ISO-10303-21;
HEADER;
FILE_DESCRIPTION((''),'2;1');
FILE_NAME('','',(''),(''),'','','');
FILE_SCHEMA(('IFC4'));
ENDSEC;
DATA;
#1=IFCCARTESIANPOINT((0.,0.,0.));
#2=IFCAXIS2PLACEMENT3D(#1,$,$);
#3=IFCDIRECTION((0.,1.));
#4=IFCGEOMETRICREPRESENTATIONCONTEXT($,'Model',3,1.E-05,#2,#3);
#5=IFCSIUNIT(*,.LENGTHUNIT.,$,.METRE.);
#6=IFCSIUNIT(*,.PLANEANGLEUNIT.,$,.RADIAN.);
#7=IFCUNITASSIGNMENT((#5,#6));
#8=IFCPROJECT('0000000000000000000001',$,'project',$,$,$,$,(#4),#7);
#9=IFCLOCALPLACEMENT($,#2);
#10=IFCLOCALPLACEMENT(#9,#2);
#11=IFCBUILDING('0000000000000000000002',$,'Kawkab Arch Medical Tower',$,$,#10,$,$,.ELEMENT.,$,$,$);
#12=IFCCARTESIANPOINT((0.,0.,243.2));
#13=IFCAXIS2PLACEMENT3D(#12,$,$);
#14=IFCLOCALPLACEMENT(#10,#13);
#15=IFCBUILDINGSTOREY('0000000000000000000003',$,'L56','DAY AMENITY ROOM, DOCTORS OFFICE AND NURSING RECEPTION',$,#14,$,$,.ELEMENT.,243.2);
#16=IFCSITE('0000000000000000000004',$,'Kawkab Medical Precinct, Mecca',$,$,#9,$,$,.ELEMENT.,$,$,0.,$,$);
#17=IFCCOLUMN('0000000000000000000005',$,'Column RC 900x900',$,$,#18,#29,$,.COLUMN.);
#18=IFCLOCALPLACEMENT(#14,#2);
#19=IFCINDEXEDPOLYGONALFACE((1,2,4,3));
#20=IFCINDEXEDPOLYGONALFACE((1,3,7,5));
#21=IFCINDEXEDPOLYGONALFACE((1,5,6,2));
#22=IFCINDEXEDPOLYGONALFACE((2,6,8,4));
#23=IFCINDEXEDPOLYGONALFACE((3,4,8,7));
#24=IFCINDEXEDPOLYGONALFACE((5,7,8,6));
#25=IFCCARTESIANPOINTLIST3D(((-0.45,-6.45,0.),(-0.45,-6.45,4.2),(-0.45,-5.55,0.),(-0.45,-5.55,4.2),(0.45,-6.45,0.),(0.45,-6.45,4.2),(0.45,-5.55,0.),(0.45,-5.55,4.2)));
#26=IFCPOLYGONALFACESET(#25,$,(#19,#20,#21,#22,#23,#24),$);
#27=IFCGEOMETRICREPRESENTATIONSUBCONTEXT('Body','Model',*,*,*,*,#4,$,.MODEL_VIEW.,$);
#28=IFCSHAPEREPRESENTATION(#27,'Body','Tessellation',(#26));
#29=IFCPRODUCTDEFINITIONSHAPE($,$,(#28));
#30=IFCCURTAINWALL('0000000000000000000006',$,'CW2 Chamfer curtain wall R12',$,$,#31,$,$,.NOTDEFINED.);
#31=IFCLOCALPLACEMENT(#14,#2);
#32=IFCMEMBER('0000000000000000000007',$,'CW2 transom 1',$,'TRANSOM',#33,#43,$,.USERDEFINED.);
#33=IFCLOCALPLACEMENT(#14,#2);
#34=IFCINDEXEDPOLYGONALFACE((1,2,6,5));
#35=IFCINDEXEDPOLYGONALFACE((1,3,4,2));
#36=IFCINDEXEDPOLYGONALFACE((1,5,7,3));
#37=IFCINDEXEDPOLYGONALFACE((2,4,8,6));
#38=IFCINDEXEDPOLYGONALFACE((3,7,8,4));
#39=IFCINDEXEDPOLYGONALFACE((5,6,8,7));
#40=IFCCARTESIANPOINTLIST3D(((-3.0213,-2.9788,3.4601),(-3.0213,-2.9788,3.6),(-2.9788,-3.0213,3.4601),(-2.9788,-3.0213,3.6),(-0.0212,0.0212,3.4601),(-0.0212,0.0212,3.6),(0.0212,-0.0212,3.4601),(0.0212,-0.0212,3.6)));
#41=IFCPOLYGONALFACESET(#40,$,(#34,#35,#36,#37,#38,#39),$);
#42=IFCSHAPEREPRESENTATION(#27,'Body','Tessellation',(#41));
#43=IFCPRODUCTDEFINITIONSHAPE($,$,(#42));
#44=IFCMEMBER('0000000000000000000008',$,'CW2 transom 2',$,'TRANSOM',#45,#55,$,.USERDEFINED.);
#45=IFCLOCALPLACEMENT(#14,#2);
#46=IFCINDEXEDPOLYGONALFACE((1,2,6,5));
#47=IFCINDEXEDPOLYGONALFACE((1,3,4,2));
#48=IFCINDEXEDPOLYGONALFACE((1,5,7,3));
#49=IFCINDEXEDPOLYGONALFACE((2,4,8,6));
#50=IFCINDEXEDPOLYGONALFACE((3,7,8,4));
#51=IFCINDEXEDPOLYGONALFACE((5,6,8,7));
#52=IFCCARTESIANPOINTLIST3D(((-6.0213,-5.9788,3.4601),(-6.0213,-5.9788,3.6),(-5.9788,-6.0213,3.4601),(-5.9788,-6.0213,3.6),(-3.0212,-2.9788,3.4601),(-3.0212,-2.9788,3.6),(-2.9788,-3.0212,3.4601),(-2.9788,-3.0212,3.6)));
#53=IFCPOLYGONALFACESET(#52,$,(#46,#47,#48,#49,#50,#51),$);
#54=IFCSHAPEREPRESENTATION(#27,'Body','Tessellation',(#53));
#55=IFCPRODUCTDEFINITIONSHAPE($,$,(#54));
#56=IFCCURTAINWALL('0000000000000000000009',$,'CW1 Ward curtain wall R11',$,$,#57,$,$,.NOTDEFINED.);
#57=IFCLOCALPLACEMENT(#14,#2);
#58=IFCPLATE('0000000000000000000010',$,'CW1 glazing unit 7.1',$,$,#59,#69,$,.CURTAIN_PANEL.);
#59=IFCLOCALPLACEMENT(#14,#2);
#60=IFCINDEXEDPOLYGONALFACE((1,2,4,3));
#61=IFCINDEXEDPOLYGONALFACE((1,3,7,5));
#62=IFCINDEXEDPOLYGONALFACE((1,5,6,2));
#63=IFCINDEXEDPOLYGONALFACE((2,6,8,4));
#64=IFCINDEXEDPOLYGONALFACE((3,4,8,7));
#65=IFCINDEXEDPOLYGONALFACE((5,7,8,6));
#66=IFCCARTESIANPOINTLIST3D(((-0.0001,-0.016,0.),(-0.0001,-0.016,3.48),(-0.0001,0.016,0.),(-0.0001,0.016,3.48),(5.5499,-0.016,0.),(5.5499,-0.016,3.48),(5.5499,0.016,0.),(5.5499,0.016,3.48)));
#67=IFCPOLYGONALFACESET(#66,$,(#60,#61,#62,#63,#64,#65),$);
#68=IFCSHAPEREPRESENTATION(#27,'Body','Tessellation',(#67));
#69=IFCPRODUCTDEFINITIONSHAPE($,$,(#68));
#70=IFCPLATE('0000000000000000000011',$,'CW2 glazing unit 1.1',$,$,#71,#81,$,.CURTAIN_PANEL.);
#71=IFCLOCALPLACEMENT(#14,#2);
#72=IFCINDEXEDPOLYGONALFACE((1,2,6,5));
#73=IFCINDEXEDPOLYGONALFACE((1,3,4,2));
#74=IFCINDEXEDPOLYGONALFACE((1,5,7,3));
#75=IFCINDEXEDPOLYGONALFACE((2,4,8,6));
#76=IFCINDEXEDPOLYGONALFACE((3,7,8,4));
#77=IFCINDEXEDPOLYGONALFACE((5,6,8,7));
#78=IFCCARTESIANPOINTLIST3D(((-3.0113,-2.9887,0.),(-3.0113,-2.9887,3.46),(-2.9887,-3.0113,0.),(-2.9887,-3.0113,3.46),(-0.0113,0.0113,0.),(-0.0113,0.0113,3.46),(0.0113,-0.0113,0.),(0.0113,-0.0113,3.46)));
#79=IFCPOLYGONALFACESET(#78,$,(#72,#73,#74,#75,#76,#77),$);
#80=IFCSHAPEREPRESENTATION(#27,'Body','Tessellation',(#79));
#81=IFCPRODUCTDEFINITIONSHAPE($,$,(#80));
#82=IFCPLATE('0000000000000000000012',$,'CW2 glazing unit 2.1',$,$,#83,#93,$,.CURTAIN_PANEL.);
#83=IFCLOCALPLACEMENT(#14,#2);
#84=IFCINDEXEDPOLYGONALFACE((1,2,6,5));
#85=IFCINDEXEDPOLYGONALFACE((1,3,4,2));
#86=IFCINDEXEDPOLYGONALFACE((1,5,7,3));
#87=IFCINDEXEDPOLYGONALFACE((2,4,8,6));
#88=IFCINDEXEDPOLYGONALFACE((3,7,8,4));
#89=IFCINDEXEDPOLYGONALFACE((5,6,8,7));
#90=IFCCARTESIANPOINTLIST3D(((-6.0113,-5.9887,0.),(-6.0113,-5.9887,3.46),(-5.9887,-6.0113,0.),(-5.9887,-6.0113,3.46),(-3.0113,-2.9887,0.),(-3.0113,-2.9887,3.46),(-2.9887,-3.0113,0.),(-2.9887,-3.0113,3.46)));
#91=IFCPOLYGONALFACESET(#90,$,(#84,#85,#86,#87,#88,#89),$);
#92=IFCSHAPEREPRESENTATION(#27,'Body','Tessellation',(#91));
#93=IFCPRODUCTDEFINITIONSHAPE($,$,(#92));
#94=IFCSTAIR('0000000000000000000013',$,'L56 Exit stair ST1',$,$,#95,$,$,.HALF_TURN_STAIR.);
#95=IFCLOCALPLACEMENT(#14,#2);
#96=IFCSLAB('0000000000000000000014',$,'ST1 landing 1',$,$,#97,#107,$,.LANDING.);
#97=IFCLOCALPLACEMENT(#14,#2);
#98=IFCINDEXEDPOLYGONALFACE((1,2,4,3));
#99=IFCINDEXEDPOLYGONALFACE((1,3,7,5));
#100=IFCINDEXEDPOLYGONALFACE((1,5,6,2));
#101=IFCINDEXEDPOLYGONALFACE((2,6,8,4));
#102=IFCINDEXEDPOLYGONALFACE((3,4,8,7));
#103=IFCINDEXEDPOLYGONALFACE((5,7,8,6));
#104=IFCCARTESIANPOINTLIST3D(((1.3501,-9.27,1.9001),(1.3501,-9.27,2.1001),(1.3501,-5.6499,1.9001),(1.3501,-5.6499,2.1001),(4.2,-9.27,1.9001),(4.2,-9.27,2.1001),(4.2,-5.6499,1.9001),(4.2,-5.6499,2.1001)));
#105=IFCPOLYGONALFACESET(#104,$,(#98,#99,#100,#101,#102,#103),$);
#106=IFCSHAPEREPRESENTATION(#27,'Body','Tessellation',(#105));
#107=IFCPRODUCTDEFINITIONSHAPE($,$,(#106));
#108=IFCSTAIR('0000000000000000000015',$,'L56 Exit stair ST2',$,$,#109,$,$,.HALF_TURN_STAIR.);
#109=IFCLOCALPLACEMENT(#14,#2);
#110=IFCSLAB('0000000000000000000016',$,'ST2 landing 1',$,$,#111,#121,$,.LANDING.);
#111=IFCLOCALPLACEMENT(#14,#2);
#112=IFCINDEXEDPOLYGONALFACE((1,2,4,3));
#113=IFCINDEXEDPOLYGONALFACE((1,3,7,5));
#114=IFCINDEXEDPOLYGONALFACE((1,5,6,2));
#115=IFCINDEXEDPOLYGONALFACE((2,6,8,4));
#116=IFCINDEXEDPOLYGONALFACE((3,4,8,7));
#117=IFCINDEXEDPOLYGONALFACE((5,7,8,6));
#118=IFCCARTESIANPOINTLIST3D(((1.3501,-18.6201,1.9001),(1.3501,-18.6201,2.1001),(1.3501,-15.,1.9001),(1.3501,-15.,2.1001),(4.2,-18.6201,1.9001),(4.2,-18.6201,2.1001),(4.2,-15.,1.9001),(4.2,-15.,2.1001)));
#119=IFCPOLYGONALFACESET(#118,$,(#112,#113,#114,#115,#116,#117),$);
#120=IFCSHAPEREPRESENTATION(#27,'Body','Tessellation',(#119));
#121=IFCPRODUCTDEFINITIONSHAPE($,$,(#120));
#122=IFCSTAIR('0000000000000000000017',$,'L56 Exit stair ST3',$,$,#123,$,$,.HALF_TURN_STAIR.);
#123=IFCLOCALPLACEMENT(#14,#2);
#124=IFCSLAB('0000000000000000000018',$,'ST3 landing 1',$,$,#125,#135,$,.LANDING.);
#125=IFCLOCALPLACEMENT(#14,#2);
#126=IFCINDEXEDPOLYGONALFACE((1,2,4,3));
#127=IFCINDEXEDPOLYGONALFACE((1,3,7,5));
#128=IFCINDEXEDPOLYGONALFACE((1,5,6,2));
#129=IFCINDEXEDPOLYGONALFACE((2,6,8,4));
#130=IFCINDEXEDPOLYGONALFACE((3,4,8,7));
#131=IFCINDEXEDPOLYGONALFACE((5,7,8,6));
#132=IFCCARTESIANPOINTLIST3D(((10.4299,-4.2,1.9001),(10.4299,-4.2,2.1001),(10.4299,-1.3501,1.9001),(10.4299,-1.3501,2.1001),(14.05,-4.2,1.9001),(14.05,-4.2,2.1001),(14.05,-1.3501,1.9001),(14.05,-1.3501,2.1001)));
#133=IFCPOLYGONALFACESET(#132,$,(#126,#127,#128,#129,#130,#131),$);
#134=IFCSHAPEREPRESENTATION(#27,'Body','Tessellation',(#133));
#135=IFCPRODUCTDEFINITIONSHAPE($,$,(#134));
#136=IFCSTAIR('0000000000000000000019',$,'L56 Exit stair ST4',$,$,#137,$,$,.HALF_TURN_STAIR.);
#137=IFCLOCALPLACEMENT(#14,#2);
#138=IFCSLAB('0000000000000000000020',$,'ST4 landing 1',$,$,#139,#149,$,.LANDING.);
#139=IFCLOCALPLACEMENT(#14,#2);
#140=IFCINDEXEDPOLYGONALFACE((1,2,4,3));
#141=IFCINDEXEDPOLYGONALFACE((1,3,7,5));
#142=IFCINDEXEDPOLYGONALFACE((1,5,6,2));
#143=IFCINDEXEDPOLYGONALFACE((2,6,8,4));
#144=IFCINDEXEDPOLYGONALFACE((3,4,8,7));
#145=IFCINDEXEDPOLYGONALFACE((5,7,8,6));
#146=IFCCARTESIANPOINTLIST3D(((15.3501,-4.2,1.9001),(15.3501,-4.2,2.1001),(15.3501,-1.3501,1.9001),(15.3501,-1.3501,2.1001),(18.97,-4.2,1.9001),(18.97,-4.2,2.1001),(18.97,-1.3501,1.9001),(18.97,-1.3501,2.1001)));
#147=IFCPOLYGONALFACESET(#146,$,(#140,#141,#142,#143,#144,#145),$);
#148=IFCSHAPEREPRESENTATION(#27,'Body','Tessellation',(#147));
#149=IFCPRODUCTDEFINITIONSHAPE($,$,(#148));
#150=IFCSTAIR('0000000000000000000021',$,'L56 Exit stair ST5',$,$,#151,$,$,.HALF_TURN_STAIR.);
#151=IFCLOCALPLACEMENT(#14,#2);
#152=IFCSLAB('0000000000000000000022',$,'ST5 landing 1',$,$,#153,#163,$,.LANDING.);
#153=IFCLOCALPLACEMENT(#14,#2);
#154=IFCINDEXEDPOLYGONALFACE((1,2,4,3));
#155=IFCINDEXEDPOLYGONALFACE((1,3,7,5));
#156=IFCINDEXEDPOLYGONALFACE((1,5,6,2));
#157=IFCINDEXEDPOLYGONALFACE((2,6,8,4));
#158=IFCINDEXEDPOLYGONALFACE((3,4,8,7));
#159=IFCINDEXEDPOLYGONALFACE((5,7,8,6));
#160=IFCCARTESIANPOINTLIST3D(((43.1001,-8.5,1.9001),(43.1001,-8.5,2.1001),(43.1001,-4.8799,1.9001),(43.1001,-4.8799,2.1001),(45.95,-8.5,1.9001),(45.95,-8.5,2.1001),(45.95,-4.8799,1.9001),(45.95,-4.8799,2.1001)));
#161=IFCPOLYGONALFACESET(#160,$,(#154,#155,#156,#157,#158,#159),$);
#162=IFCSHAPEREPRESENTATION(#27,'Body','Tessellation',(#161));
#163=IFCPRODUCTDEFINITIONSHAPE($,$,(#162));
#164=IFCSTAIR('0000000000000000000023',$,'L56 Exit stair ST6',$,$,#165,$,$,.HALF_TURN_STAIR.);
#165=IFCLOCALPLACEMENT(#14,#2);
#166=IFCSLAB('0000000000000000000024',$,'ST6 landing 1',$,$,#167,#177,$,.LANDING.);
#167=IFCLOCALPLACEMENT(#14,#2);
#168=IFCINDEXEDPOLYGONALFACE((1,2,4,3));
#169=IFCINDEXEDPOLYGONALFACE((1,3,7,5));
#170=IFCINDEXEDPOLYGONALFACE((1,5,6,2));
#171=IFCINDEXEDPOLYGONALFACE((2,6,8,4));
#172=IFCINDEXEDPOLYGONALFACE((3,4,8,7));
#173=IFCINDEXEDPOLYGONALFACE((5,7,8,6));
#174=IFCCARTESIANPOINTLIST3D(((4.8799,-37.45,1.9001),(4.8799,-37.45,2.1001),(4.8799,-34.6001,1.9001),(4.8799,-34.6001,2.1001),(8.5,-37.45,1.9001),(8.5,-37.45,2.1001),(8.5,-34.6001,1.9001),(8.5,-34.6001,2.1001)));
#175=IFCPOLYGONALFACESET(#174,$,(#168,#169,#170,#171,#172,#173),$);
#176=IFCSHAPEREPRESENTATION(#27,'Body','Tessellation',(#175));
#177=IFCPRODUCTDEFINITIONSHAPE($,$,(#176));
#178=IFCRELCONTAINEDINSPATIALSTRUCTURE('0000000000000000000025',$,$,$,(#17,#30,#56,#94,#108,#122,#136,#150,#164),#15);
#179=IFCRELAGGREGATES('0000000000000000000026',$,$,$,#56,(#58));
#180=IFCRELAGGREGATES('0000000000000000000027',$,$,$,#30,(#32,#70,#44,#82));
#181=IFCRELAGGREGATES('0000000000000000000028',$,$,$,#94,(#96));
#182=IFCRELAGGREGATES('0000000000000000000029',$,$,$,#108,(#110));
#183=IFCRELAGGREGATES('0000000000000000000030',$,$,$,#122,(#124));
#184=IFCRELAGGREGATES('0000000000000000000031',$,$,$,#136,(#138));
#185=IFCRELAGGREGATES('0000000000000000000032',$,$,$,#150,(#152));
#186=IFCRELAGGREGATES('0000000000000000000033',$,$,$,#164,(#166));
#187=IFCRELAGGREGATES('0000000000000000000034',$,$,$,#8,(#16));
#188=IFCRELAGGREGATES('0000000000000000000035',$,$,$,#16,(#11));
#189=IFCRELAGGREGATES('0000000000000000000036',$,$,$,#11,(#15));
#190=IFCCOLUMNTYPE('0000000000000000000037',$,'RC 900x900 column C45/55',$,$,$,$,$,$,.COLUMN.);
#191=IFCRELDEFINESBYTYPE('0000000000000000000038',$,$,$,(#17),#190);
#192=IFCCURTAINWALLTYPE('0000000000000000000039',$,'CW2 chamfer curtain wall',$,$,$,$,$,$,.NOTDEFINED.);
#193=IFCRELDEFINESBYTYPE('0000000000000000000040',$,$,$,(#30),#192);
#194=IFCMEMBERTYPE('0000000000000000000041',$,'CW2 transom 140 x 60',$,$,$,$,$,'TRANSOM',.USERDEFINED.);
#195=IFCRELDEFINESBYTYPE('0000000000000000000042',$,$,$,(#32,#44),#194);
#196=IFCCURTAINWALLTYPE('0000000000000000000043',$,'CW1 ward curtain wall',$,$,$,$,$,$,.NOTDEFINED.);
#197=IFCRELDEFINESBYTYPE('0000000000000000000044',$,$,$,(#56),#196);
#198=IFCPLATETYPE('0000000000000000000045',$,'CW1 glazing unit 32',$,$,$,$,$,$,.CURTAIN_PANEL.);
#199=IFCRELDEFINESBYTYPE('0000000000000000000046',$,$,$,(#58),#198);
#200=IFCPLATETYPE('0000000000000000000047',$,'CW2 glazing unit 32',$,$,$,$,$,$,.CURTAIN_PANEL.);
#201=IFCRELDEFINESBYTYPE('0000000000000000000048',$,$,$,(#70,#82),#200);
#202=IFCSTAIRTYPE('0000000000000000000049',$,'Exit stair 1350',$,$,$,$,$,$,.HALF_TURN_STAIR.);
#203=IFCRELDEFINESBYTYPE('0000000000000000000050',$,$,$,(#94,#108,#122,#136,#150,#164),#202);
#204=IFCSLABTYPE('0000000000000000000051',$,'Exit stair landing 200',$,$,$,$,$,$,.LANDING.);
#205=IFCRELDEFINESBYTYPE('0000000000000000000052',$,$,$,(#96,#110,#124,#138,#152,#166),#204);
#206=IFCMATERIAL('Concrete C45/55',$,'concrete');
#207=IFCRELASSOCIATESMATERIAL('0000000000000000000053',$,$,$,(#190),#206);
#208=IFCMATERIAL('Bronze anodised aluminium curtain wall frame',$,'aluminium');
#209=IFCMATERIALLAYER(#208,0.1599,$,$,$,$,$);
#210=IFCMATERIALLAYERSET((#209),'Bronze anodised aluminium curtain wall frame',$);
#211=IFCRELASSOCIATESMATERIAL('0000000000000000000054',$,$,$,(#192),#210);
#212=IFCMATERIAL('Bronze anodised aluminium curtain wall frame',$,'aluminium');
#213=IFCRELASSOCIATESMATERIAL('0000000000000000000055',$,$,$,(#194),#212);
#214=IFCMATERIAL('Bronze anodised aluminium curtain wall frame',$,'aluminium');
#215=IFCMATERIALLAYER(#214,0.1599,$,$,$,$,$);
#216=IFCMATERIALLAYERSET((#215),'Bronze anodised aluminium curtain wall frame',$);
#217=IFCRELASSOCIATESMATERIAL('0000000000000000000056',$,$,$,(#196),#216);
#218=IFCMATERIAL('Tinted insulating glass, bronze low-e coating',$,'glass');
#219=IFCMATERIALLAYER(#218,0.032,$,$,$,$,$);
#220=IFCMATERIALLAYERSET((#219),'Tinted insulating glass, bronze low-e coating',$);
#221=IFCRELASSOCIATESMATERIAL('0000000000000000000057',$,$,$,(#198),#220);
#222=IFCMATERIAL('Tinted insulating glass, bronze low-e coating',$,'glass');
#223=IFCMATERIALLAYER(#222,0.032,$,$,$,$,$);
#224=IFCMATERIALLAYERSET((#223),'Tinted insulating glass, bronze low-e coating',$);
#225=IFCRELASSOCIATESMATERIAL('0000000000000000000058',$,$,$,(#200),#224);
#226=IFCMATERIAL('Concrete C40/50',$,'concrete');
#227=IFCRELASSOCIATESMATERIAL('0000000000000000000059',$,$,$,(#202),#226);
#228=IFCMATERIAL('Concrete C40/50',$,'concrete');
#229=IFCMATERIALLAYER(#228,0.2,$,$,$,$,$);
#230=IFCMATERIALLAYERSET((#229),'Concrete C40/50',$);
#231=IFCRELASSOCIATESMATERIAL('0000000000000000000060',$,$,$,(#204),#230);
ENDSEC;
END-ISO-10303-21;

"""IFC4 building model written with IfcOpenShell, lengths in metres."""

from ifc_helpers import new_model, si_unit, direction, frame, origin, origin_2d, place, context, subcontext, project, spatial, polyline, rectangle, outline, extrude, material, layer, layer_set, material_profile, profile_set, type_object, element, aggregate, save


model = new_model("IFC4")

# Units and contexts
model_context = context("Model", 3, precision=1e-05, world=origin(), true_north=direction((0.0, 1.0)))
body_context = subcontext(model_context, "Body", "Model", "MODEL_VIEW")
ifc_project = project(units=[si_unit("LENGTHUNIT", "METRE"), si_unit("PLANEANGLEUNIT", "RADIAN")], contexts=[model_context])

# Site, building, storey
site_placement = place(None, origin())
site = spatial("IfcSite", under=ifc_project, at=site_placement, Name="Kawkab Medical Precinct, Mecca", CompositionType="ELEMENT", RefElevation=0.0)
building_placement = place(site_placement, origin())
building = spatial("IfcBuilding", under=site, at=building_placement, Name="Kawkab Arch Medical Tower", CompositionType="ELEMENT")
storey_placement = place(building_placement, frame((0.0, 0.0, 243.2)))
storey = spatial("IfcBuildingStorey", under=building, at=storey_placement, Name="L56", Description="DAY AMENITY ROOM, DOCTORS OFFICE AND NURSING RECEPTION", CompositionType="ELEMENT", Elevation=243.2)

# Column
ifc_material_1 = material(Name="Concrete C45/55", Category="concrete")
ifc_material_profile_1 = material_profile(ifc_material_1, rectangle(XDim=0.8999, YDim=0.8999, at=origin_2d()), Name="RC 900x900")
ifc_profile_set_1 = profile_set([ifc_material_profile_1], Name="Concrete C45/55")
column_type = type_object("IfcColumnType", Name="RC 900x900 column C45/55", PredefinedType="COLUMN", material=ifc_profile_set_1)
column_placement = place(storey_placement, frame((0.0, -6.0, 0.0), z_axis=(0.0, 0.0, 1.0), x_axis=(1.0, 0.0, 0.0)))
element("IfcColumn", 1, at=column_placement, inside=storey, type_object=column_type, Name="Column RC 900x900", PredefinedType="COLUMN", context=body_context, shape_type="SweptSolid", body=[
    extrude(rectangle(XDim=0.8999, YDim=0.8999, at=origin_2d()), origin(), (0.0, 0.0, 1.0), 4.2),
])

# Curtain wall, members
ifc_material_2 = material(Name="Bronze anodised aluminium curtain wall frame", Category="aluminium")
ifc_layer_1 = layer(ifc_material_2, 0.1599)
ifc_layer_set_1 = layer_set([ifc_layer_1], Name="Bronze anodised aluminium curtain wall frame")
curtain_wall_type_1 = type_object("IfcCurtainWallType", Name="CW2 chamfer curtain wall", PredefinedType="NOTDEFINED", material=ifc_layer_set_1)
placement_1 = place(storey_placement, origin())
curtain_wall_1 = element("IfcCurtainWall", 2, at=placement_1, inside=storey, type_object=curtain_wall_type_1, Name="CW2 Chamfer curtain wall R12", PredefinedType="NOTDEFINED")
ifc_material_3 = material(Name="Bronze anodised aluminium curtain wall frame", Category="aluminium")
ifc_material_profile_2 = material_profile(ifc_material_3, rectangle(XDim=0.0601, YDim=0.1399, at=origin_2d()), Name="AL 60x140")
ifc_profile_set_2 = profile_set([ifc_material_profile_2], Name="Bronze anodised aluminium curtain wall frame")
member_type = type_object("IfcMemberType", Name="CW2 transom 140 x 60", ElementType="TRANSOM", PredefinedType="USERDEFINED", material=ifc_profile_set_2)
member_1_placement = place(storey_placement, frame((0.0, 0.0, 3.53), z_axis=(-0.707107, -0.707107, 0.0), x_axis=(0.707107, -0.707107, 0.0)))
member_1 = element("IfcMember", 3, at=member_1_placement, type_object=member_type, Name="CW2 transom 1", ObjectType="TRANSOM", PredefinedType="USERDEFINED", context=body_context, shape_type="SweptSolid", body=[
    extrude(rectangle(XDim=0.0601, YDim=0.1399, at=origin_2d()), origin(), (0.0, 0.0, 1.0), 4.2427),
])
member_2_placement = place(storey_placement, frame((-3.0, -3.0, 3.53), z_axis=(-0.707107, -0.707107, 0.0), x_axis=(0.707107, -0.707107, 0.0)))
member_2 = element("IfcMember", 4, at=member_2_placement, type_object=member_type, Name="CW2 transom 2", ObjectType="TRANSOM", PredefinedType="USERDEFINED", context=body_context, shape_type="SweptSolid", body=[
    extrude(rectangle(XDim=0.0601, YDim=0.1399, at=origin_2d()), origin(), (0.0, 0.0, 1.0), 4.2427),
])

# Curtain wall, plate
ifc_material_4 = material(Name="Bronze anodised aluminium curtain wall frame", Category="aluminium")
ifc_layer_2 = layer(ifc_material_4, 0.1599)
ifc_layer_set_2 = layer_set([ifc_layer_2], Name="Bronze anodised aluminium curtain wall frame")
curtain_wall_type_2 = type_object("IfcCurtainWallType", Name="CW1 ward curtain wall", PredefinedType="NOTDEFINED", material=ifc_layer_set_2)
curtain_wall_2 = element("IfcCurtainWall", 5, at=placement_1, inside=storey, type_object=curtain_wall_type_2, Name="CW1 Ward curtain wall R11", PredefinedType="NOTDEFINED")
ifc_material_5 = material(Name="Tinted insulating glass, bronze low-e coating", Category="glass")
ifc_layer_3 = layer(ifc_material_5, 0.032)
ifc_layer_set_3 = layer_set([ifc_layer_3], Name="Tinted insulating glass, bronze low-e coating")
plate_type_1 = type_object("IfcPlateType", Name="CW1 glazing unit 32", PredefinedType="CURTAIN_PANEL", material=ifc_layer_set_3)
plate_1_placement = place(storey_placement, frame((2.7749, 0.0, 0.0), z_axis=(0.0, 0.0, 1.0), x_axis=(-1.0, 0.0, 0.0)))
plate_1 = element("IfcPlate", 6, at=plate_1_placement, type_object=plate_type_1, Name="CW1 glazing unit 7.1", PredefinedType="CURTAIN_PANEL", context=body_context, shape_type="SweptSolid", body=[
    extrude(rectangle(XDim=5.55, YDim=0.032, at=origin_2d()), origin(), (0.0, 0.0, 1.0), 3.48),
])
aggregate(curtain_wall_2, [plate_1])

# Plates
ifc_material_6 = material(Name="Tinted insulating glass, bronze low-e coating", Category="glass")
ifc_layer_4 = layer(ifc_material_6, 0.032)
ifc_layer_set_4 = layer_set([ifc_layer_4], Name="Tinted insulating glass, bronze low-e coating")
plate_type_2 = type_object("IfcPlateType", Name="CW2 glazing unit 32", PredefinedType="CURTAIN_PANEL", material=ifc_layer_set_4)
plate_2_placement = place(storey_placement, frame((-1.5, -1.5, 0.0), z_axis=(0.0, 0.0, 1.0), x_axis=(-0.707107, -0.707107, 0.0)))
plate_2 = element("IfcPlate", 7, at=plate_2_placement, type_object=plate_type_2, Name="CW2 glazing unit 1.1", PredefinedType="CURTAIN_PANEL", context=body_context, shape_type="SweptSolid", body=[
    extrude(rectangle(XDim=4.2427, YDim=0.032, at=origin_2d()), origin(), (0.0, 0.0, 1.0), 3.46),
])
plate_3_placement = place(storey_placement, frame((-4.5, -4.5, 0.0), z_axis=(0.0, 0.0, 1.0), x_axis=(-0.707107, -0.707107, 0.0)))
plate_3 = element("IfcPlate", 8, at=plate_3_placement, type_object=plate_type_2, Name="CW2 glazing unit 2.1", PredefinedType="CURTAIN_PANEL", context=body_context, shape_type="SweptSolid", body=[
    extrude(rectangle(XDim=4.2427, YDim=0.032, at=origin_2d()), origin(), (0.0, 0.0, 1.0), 3.46),
])
aggregate(curtain_wall_1, [member_1, plate_2, member_2, plate_3])

# Stairs, slabs
ifc_material_7 = material(Name="Concrete C40/50", Category="concrete")
stair_type = type_object("IfcStairType", Name="Exit stair 1350", PredefinedType="HALF_TURN_STAIR", material=ifc_material_7)
stair_1 = element("IfcStair", 9, at=placement_1, inside=storey, type_object=stair_type, Name="L56 Exit stair ST1", PredefinedType="HALF_TURN_STAIR")
ifc_material_8 = material(Name="Concrete C40/50", Category="concrete")
ifc_layer_5 = layer(ifc_material_8, 0.2)
ifc_layer_set_5 = layer_set([ifc_layer_5], Name="Concrete C40/50")
slab_type_1 = type_object("IfcSlabType", Name="Exit stair landing 200", PredefinedType="LANDING", material=ifc_layer_set_5)
placement_2 = place(storey_placement, frame((0.0, 0.0, 1.9001)))
slab_1 = element("IfcSlab", 10, at=placement_2, type_object=slab_type_1, Name="ST1 landing 1", PredefinedType="LANDING", context=body_context, shape_type="SweptSolid", body=[
    extrude(outline(polyline([(4.2, -9.27), (4.2, -5.6499), (1.3501, -5.6499), (1.3501, -9.27), (4.2, -9.27)])), origin(), (0.0, 0.0, 1.0), 0.2),
])
aggregate(stair_1, [slab_1])
stair_2 = element("IfcStair", 11, at=placement_1, inside=storey, type_object=stair_type, Name="L56 Exit stair ST2", PredefinedType="HALF_TURN_STAIR")
slab_2 = element("IfcSlab", 12, at=placement_2, type_object=slab_type_1, Name="ST2 landing 1", PredefinedType="LANDING", context=body_context, shape_type="SweptSolid", body=[
    extrude(outline(polyline([(4.2, -18.6201), (4.2, -15.0), (1.3501, -15.0), (1.3501, -18.6201), (4.2, -18.6201)])), origin(), (0.0, 0.0, 1.0), 0.2),
])
aggregate(stair_2, [slab_2])
stair_3 = element("IfcStair", 13, at=placement_1, inside=storey, type_object=stair_type, Name="L56 Exit stair ST3", PredefinedType="HALF_TURN_STAIR")
slab_3 = element("IfcSlab", 14, at=placement_2, type_object=slab_type_1, Name="ST3 landing 1", PredefinedType="LANDING", context=body_context, shape_type="SweptSolid", body=[
    extrude(outline(polyline([(10.4299, -4.2), (14.05, -4.2), (14.05, -1.3501), (10.4299, -1.3501), (10.4299, -4.2)])), origin(), (0.0, 0.0, 1.0), 0.2),
])
aggregate(stair_3, [slab_3])
stair_4 = element("IfcStair", 15, at=placement_1, inside=storey, type_object=stair_type, Name="L56 Exit stair ST4", PredefinedType="HALF_TURN_STAIR")
slab_4 = element("IfcSlab", 16, at=placement_2, type_object=slab_type_1, Name="ST4 landing 1", PredefinedType="LANDING", context=body_context, shape_type="SweptSolid", body=[
    extrude(outline(polyline([(18.97, -1.3501), (15.3501, -1.3501), (15.3501, -4.2), (18.97, -4.2), (18.97, -1.3501)])), origin(), (0.0, 0.0, 1.0), 0.2),
])
aggregate(stair_4, [slab_4])
stair_5 = element("IfcStair", 17, at=placement_1, inside=storey, type_object=stair_type, Name="L56 Exit stair ST5", PredefinedType="HALF_TURN_STAIR")
slab_5 = element("IfcSlab", 18, at=placement_2, type_object=slab_type_1, Name="ST5 landing 1", PredefinedType="LANDING", context=body_context, shape_type="SweptSolid", body=[
    extrude(outline(polyline([(43.1001, -4.8799), (43.1001, -8.5), (45.95, -8.5), (45.95, -4.8799), (43.1001, -4.8799)])), origin(), (0.0, 0.0, 1.0), 0.2),
])
aggregate(stair_5, [slab_5])
stair_6 = element("IfcStair", 19, at=placement_1, inside=storey, type_object=stair_type, Name="L56 Exit stair ST6", PredefinedType="HALF_TURN_STAIR")
slab_6 = element("IfcSlab", 20, at=placement_2, type_object=slab_type_1, Name="ST6 landing 1", PredefinedType="LANDING", context=body_context, shape_type="SweptSolid", body=[
    extrude(outline(polyline([(4.8799, -37.45), (8.5, -37.45), (8.5, -34.6001), (4.8799, -34.6001), (4.8799, -37.45)])), origin(), (0.0, 0.0, 1.0), 0.2),
])
aggregate(stair_6, [slab_6])

save(model, "model.ifc")
